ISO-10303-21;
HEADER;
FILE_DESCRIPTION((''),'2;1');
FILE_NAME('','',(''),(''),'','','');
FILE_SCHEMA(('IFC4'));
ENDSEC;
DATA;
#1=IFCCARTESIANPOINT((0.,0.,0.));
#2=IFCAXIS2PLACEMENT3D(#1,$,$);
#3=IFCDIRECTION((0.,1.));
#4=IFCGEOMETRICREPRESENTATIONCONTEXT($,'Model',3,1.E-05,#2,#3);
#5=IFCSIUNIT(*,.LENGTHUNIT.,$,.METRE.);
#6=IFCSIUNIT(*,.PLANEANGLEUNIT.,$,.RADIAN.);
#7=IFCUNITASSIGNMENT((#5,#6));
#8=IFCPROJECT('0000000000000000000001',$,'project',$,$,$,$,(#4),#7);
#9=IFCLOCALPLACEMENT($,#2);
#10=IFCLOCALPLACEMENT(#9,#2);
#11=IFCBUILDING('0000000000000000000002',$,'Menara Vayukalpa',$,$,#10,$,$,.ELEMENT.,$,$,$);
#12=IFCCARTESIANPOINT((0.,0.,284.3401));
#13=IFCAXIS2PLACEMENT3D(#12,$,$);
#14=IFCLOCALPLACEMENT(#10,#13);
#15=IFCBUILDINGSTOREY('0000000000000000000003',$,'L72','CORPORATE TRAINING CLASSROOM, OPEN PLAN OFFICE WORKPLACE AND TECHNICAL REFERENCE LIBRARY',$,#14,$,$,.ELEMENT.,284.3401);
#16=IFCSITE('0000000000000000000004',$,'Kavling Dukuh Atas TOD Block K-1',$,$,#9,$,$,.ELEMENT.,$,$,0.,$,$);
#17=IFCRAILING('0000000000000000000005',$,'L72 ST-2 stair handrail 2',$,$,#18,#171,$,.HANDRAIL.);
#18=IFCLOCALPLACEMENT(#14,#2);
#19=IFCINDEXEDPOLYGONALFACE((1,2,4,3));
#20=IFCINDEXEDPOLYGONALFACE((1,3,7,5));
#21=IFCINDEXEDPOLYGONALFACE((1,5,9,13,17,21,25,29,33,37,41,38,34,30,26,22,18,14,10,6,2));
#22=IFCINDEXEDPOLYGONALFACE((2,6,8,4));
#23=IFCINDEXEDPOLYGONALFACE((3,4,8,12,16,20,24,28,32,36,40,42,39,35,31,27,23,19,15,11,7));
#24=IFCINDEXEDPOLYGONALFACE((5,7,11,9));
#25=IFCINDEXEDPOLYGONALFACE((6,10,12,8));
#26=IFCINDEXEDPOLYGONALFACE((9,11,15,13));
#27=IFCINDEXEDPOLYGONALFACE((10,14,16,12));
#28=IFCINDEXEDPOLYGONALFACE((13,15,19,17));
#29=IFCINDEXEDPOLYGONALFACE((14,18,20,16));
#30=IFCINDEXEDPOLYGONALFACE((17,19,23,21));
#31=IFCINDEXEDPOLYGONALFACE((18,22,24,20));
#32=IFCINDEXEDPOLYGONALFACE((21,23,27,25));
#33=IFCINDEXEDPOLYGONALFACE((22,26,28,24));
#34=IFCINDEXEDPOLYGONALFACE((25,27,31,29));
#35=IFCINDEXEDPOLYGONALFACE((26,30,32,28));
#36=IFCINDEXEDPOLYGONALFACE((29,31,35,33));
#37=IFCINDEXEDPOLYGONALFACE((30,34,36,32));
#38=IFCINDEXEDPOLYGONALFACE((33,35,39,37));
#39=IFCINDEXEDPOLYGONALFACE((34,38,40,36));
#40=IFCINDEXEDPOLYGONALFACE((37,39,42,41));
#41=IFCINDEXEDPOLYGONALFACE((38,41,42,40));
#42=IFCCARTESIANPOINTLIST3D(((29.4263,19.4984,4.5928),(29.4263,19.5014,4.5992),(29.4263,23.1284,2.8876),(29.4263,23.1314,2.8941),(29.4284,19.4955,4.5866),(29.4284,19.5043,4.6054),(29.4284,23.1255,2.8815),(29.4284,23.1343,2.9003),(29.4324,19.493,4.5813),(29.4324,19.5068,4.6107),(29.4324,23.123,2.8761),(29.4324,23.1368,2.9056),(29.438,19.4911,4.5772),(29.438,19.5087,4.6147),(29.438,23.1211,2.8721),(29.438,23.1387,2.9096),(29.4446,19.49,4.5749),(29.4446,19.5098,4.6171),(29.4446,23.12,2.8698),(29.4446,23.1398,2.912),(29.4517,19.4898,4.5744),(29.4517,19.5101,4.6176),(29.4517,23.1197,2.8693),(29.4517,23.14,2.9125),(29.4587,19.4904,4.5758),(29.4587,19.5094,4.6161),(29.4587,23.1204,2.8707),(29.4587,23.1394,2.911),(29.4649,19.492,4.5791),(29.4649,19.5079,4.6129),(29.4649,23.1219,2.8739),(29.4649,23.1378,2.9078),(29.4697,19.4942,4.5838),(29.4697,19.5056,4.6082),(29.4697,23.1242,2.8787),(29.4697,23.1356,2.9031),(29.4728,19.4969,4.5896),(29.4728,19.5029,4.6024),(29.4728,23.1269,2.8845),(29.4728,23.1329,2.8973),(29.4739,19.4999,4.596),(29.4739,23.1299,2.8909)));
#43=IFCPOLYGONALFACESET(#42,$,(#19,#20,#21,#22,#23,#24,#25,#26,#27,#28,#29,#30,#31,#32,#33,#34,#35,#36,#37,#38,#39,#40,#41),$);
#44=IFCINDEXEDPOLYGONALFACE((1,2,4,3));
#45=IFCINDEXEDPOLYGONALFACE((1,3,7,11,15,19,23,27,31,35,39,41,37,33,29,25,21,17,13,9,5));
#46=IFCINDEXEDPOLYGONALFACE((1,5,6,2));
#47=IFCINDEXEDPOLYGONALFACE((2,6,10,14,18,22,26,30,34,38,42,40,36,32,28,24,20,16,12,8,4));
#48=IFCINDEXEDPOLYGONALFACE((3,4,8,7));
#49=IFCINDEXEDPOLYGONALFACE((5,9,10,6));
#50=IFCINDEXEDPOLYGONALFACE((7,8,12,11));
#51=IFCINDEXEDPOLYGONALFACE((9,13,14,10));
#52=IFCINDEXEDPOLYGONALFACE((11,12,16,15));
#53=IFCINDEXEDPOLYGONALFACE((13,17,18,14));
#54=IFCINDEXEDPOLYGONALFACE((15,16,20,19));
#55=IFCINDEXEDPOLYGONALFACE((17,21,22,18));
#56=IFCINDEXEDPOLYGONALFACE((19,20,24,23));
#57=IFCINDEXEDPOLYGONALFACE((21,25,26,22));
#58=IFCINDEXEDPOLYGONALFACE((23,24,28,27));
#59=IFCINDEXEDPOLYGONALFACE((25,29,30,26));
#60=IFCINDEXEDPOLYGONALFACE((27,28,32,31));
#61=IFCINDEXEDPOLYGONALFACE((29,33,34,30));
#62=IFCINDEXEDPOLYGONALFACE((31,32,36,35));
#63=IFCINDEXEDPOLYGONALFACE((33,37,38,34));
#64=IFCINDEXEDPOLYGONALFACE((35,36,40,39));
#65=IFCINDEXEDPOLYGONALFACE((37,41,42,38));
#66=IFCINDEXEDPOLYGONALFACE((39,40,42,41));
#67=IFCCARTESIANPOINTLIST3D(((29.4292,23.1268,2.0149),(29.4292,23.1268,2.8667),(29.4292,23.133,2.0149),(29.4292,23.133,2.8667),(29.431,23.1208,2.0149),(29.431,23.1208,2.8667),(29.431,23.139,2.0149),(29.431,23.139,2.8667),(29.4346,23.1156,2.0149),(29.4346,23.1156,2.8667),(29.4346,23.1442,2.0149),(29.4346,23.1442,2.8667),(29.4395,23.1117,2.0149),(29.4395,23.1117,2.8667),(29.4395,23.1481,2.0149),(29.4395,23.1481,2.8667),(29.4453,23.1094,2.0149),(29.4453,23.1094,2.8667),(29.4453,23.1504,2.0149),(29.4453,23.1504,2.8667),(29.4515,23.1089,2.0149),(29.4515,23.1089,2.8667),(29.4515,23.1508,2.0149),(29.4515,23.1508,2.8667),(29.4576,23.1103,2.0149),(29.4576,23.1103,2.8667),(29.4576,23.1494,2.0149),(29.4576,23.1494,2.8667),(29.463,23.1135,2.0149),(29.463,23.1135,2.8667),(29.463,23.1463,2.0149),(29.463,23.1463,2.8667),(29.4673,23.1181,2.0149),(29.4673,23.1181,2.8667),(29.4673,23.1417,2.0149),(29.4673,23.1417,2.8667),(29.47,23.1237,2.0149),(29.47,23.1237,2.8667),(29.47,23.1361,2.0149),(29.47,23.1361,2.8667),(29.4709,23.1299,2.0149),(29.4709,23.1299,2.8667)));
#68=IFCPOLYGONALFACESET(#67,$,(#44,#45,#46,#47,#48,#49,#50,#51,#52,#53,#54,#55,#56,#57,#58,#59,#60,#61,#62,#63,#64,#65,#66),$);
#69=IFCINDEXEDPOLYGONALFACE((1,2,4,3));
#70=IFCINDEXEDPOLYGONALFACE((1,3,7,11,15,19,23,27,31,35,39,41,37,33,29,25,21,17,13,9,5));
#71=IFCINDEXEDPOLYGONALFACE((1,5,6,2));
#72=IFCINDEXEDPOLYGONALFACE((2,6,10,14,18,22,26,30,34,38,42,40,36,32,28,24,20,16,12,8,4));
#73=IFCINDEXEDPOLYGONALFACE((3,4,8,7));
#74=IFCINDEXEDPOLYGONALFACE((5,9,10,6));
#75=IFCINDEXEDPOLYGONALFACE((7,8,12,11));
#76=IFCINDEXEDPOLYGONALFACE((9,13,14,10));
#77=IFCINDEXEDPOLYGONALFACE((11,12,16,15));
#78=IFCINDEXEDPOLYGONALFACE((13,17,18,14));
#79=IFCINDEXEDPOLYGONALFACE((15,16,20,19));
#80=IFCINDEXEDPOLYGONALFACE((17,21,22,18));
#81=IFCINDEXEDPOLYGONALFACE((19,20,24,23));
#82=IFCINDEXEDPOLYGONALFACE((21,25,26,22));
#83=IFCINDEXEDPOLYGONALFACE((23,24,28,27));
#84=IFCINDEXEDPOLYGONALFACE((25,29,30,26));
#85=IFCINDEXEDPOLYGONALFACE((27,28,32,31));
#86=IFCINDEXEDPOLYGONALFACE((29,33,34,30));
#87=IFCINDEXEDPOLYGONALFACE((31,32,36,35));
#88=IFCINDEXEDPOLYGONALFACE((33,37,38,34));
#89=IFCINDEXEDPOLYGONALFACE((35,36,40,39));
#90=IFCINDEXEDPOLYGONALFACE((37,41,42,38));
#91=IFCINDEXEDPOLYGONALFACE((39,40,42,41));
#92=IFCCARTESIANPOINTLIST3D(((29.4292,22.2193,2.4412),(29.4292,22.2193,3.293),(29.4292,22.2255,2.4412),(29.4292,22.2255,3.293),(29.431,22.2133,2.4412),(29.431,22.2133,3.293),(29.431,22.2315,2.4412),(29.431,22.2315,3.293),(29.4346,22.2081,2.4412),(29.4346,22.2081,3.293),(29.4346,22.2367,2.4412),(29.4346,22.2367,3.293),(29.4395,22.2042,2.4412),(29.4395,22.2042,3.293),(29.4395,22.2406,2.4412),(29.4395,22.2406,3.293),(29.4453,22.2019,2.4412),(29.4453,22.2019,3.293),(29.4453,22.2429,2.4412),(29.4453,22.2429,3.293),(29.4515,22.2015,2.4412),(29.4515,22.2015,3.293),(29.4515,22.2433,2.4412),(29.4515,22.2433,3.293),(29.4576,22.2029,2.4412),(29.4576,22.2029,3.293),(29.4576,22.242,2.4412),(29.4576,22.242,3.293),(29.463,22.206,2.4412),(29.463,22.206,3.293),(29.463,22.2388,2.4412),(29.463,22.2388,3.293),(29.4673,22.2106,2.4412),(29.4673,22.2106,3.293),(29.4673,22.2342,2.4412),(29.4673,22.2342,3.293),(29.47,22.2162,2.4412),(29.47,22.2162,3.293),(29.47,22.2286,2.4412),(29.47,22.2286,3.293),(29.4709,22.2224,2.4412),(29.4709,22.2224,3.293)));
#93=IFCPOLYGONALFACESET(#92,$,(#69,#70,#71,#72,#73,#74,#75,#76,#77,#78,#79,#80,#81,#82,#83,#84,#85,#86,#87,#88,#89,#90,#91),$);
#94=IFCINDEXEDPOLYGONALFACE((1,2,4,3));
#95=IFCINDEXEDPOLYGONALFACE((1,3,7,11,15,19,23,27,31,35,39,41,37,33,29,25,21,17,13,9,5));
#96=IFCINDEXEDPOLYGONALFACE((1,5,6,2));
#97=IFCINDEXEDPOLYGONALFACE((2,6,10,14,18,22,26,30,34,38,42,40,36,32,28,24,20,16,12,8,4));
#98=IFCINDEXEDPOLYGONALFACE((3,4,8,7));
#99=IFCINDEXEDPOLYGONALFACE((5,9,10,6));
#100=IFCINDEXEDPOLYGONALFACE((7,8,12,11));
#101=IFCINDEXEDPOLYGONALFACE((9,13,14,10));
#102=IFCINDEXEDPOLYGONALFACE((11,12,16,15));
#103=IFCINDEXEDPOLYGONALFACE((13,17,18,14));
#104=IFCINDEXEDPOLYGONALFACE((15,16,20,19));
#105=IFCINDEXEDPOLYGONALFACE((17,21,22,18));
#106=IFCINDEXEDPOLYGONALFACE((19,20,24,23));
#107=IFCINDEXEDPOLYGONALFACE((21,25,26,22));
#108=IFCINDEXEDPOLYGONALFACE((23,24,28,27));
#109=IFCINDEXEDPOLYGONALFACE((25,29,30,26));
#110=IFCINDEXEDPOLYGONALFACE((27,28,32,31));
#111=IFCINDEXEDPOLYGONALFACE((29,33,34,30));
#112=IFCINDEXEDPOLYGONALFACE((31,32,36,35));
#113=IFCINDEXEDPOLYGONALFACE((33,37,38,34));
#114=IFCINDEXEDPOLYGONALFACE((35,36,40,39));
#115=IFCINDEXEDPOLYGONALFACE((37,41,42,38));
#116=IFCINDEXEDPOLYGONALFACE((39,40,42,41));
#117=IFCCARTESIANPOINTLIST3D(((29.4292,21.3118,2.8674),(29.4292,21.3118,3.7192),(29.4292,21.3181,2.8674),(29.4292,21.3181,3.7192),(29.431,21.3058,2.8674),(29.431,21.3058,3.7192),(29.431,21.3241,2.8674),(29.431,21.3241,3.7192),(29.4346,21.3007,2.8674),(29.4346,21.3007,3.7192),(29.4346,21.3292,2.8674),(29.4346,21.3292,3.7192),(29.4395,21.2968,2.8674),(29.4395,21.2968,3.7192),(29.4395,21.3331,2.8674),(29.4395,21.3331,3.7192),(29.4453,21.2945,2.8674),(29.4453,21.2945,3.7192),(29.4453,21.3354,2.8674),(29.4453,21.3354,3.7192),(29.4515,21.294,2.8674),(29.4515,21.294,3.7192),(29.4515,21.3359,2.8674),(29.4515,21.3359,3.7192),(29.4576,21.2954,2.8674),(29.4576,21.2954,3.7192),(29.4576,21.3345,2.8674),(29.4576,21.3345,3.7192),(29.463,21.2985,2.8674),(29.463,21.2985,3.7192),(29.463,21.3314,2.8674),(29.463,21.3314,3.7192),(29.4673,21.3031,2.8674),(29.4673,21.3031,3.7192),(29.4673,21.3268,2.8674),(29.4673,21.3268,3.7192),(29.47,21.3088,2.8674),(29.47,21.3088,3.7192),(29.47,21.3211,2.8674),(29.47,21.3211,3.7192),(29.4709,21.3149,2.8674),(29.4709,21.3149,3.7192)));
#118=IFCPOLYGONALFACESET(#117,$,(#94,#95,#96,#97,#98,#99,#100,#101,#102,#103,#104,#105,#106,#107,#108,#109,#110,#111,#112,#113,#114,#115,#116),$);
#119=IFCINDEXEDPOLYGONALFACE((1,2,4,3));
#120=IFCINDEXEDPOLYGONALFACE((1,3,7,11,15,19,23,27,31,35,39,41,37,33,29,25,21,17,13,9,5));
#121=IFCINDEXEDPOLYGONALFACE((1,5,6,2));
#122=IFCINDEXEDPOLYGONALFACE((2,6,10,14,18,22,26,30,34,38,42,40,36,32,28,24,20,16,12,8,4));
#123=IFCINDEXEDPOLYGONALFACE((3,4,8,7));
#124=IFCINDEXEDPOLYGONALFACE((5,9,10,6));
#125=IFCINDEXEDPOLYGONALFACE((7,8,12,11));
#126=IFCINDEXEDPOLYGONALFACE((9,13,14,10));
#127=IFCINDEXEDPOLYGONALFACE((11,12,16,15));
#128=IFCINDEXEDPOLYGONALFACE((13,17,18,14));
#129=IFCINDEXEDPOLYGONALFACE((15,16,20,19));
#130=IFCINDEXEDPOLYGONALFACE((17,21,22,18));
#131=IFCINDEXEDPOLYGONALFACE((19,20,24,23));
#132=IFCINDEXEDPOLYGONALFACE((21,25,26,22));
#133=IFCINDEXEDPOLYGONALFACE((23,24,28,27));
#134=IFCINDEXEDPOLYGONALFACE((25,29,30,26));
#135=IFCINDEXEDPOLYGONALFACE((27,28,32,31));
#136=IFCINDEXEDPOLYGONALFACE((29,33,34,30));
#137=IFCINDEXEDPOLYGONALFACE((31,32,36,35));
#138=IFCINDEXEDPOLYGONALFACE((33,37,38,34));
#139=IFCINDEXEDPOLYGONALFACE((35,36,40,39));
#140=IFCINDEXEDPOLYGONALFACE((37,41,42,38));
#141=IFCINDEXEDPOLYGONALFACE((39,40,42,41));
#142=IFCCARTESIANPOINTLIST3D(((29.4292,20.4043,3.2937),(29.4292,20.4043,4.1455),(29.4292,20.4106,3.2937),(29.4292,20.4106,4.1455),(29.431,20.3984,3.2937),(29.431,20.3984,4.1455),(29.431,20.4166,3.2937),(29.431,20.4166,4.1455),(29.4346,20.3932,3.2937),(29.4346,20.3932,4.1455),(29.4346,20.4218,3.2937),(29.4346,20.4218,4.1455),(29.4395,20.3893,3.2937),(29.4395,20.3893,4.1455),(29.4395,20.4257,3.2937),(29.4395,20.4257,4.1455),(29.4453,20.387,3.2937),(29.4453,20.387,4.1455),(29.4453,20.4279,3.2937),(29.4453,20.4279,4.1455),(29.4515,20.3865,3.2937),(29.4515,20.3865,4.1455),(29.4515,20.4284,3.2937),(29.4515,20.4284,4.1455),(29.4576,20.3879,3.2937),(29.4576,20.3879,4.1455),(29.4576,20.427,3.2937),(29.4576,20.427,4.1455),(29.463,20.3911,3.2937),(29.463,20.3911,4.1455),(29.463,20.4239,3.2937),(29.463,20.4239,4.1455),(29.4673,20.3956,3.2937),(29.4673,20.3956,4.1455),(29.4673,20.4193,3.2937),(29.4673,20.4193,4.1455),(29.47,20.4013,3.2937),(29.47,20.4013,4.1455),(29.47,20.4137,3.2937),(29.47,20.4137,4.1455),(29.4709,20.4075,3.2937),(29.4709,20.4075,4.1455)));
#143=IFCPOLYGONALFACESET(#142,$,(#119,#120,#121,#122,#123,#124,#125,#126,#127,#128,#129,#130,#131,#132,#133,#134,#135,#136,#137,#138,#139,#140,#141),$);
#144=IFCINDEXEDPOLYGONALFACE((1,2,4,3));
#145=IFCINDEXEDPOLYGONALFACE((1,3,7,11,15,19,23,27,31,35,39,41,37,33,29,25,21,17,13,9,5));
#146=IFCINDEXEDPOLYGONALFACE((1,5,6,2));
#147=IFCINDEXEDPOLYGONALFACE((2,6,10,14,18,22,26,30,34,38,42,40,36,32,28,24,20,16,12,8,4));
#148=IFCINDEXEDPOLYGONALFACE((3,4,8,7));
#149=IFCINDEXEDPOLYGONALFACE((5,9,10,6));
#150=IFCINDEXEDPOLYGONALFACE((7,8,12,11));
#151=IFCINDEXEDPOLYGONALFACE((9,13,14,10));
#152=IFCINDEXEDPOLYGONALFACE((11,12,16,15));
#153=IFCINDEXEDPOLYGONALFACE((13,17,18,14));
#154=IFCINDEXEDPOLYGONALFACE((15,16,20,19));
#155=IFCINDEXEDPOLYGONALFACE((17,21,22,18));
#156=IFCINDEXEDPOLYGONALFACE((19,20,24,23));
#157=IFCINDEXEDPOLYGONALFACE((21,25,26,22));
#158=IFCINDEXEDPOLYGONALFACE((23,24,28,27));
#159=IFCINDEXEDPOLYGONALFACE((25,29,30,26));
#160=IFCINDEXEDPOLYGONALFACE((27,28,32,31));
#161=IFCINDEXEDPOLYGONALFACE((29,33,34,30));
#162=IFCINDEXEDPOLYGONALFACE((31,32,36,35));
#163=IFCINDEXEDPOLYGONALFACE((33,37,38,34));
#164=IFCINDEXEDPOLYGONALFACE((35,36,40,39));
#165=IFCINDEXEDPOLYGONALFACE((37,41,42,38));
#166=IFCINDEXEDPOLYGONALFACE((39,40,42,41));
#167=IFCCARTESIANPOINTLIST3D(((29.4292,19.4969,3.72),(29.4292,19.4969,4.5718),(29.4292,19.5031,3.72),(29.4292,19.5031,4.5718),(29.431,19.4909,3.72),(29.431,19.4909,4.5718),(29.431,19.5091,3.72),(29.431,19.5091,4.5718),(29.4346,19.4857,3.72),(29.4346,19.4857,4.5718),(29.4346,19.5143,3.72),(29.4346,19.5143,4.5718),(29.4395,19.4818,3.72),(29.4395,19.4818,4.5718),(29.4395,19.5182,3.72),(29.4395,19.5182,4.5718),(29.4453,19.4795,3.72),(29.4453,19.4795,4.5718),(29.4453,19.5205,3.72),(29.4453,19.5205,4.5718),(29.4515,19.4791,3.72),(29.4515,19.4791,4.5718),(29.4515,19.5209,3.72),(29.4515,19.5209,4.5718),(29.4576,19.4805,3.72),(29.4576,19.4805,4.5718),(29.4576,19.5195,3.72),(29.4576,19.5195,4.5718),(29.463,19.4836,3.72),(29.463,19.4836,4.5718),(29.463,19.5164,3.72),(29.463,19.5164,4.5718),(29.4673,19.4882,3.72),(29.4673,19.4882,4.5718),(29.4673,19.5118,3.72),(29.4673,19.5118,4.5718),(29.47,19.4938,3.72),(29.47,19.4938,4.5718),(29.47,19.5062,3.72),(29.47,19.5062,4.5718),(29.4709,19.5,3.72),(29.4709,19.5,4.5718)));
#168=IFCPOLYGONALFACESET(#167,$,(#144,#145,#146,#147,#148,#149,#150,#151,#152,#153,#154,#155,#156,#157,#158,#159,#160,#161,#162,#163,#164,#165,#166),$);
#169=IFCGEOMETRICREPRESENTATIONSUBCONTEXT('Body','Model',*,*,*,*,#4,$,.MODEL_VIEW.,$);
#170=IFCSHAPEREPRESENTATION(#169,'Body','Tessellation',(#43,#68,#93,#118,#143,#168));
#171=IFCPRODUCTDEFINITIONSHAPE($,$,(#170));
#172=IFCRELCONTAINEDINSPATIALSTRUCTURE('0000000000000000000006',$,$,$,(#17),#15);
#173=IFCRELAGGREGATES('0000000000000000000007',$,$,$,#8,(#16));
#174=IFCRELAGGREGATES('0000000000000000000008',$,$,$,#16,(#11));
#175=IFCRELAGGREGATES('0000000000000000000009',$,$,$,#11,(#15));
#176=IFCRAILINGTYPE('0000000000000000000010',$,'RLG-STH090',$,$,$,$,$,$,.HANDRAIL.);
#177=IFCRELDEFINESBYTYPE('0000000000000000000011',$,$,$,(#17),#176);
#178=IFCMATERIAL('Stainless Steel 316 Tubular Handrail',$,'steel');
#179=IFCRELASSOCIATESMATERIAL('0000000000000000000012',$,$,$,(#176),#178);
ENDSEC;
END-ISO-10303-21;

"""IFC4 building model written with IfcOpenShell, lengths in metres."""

from ifc_helpers import new_model, si_unit, direction, frame, origin, origin_2d, place, context, subcontext, project, spatial, circle, extrude, material, type_object, element, save


model = new_model("IFC4")

# Units and contexts
model_context = context("Model", 3, precision=1e-05, world=origin(), true_north=direction((0.0, 1.0)))
body_context = subcontext(model_context, "Body", "Model", "MODEL_VIEW")
ifc_project = project(units=[si_unit("LENGTHUNIT", "METRE"), si_unit("PLANEANGLEUNIT", "RADIAN")], contexts=[model_context])

# Site, building, storey
site_placement = place(None, origin())
site = spatial("IfcSite", under=ifc_project, at=site_placement, Name="Kavling Dukuh Atas TOD Block K-1", CompositionType="ELEMENT", RefElevation=0.0)
building_placement = place(site_placement, origin())
building = spatial("IfcBuilding", under=site, at=building_placement, Name="Menara Vayukalpa", CompositionType="ELEMENT")
storey_placement = place(building_placement, frame((0.0, 0.0, 284.3401)))
storey = spatial("IfcBuildingStorey", under=building, at=storey_placement, Name="L72", Description="CORPORATE TRAINING CLASSROOM, OPEN PLAN OFFICE WORKPLACE AND TECHNICAL REFERENCE LIBRARY", CompositionType="ELEMENT", Elevation=284.3401)

# Railing
ifc_material_1 = material(Name="Stainless Steel 316 Tubular Handrail", Category="steel")
railing_type_1 = type_object("IfcRailingType", Name="RLG-STH090", PredefinedType="HANDRAIL", material=ifc_material_1)
railing_1_placement = place(storey_placement, frame((29.45, 23.1299, 2.0149)))
element("IfcRailing", 1, at=railing_1_placement, inside=storey, type_object=railing_type_1, Name="L72 ST-2 stair handrail 2", PredefinedType="HANDRAIL", context=body_context, shape_type="SweptSolid", body=[
    extrude(circle(Radius=0.0239, at=origin_2d()), frame((0.0, 0.0, 0.876), z_axis=(0.0, -0.905116, 0.425164), x_axis=(1.0, 0.0, 0.0)), (0.0, 0.0, 1.0), 4.0105),
    extrude(circle(Radius=0.021, at=origin_2d()), origin(), (0.0, 0.0, 1.0), 0.8518),
    extrude(circle(Radius=0.021, at=origin_2d()), frame((0.0, -0.9075, 0.4263)), (0.0, 0.0, 1.0), 0.8518),
    extrude(circle(Radius=0.021, at=origin_2d()), frame((0.0, -1.8149, 0.8525)), (0.0, 0.0, 1.0), 0.8518),
    extrude(circle(Radius=0.021, at=origin_2d()), frame((0.0, -2.7224, 1.2788)), (0.0, 0.0, 1.0), 0.8518),
    extrude(circle(Radius=0.021, at=origin_2d()), frame((0.0, -3.6299, 1.7051)), (0.0, 0.0, 1.0), 0.8518),
])

save(model, "model.ifc")
